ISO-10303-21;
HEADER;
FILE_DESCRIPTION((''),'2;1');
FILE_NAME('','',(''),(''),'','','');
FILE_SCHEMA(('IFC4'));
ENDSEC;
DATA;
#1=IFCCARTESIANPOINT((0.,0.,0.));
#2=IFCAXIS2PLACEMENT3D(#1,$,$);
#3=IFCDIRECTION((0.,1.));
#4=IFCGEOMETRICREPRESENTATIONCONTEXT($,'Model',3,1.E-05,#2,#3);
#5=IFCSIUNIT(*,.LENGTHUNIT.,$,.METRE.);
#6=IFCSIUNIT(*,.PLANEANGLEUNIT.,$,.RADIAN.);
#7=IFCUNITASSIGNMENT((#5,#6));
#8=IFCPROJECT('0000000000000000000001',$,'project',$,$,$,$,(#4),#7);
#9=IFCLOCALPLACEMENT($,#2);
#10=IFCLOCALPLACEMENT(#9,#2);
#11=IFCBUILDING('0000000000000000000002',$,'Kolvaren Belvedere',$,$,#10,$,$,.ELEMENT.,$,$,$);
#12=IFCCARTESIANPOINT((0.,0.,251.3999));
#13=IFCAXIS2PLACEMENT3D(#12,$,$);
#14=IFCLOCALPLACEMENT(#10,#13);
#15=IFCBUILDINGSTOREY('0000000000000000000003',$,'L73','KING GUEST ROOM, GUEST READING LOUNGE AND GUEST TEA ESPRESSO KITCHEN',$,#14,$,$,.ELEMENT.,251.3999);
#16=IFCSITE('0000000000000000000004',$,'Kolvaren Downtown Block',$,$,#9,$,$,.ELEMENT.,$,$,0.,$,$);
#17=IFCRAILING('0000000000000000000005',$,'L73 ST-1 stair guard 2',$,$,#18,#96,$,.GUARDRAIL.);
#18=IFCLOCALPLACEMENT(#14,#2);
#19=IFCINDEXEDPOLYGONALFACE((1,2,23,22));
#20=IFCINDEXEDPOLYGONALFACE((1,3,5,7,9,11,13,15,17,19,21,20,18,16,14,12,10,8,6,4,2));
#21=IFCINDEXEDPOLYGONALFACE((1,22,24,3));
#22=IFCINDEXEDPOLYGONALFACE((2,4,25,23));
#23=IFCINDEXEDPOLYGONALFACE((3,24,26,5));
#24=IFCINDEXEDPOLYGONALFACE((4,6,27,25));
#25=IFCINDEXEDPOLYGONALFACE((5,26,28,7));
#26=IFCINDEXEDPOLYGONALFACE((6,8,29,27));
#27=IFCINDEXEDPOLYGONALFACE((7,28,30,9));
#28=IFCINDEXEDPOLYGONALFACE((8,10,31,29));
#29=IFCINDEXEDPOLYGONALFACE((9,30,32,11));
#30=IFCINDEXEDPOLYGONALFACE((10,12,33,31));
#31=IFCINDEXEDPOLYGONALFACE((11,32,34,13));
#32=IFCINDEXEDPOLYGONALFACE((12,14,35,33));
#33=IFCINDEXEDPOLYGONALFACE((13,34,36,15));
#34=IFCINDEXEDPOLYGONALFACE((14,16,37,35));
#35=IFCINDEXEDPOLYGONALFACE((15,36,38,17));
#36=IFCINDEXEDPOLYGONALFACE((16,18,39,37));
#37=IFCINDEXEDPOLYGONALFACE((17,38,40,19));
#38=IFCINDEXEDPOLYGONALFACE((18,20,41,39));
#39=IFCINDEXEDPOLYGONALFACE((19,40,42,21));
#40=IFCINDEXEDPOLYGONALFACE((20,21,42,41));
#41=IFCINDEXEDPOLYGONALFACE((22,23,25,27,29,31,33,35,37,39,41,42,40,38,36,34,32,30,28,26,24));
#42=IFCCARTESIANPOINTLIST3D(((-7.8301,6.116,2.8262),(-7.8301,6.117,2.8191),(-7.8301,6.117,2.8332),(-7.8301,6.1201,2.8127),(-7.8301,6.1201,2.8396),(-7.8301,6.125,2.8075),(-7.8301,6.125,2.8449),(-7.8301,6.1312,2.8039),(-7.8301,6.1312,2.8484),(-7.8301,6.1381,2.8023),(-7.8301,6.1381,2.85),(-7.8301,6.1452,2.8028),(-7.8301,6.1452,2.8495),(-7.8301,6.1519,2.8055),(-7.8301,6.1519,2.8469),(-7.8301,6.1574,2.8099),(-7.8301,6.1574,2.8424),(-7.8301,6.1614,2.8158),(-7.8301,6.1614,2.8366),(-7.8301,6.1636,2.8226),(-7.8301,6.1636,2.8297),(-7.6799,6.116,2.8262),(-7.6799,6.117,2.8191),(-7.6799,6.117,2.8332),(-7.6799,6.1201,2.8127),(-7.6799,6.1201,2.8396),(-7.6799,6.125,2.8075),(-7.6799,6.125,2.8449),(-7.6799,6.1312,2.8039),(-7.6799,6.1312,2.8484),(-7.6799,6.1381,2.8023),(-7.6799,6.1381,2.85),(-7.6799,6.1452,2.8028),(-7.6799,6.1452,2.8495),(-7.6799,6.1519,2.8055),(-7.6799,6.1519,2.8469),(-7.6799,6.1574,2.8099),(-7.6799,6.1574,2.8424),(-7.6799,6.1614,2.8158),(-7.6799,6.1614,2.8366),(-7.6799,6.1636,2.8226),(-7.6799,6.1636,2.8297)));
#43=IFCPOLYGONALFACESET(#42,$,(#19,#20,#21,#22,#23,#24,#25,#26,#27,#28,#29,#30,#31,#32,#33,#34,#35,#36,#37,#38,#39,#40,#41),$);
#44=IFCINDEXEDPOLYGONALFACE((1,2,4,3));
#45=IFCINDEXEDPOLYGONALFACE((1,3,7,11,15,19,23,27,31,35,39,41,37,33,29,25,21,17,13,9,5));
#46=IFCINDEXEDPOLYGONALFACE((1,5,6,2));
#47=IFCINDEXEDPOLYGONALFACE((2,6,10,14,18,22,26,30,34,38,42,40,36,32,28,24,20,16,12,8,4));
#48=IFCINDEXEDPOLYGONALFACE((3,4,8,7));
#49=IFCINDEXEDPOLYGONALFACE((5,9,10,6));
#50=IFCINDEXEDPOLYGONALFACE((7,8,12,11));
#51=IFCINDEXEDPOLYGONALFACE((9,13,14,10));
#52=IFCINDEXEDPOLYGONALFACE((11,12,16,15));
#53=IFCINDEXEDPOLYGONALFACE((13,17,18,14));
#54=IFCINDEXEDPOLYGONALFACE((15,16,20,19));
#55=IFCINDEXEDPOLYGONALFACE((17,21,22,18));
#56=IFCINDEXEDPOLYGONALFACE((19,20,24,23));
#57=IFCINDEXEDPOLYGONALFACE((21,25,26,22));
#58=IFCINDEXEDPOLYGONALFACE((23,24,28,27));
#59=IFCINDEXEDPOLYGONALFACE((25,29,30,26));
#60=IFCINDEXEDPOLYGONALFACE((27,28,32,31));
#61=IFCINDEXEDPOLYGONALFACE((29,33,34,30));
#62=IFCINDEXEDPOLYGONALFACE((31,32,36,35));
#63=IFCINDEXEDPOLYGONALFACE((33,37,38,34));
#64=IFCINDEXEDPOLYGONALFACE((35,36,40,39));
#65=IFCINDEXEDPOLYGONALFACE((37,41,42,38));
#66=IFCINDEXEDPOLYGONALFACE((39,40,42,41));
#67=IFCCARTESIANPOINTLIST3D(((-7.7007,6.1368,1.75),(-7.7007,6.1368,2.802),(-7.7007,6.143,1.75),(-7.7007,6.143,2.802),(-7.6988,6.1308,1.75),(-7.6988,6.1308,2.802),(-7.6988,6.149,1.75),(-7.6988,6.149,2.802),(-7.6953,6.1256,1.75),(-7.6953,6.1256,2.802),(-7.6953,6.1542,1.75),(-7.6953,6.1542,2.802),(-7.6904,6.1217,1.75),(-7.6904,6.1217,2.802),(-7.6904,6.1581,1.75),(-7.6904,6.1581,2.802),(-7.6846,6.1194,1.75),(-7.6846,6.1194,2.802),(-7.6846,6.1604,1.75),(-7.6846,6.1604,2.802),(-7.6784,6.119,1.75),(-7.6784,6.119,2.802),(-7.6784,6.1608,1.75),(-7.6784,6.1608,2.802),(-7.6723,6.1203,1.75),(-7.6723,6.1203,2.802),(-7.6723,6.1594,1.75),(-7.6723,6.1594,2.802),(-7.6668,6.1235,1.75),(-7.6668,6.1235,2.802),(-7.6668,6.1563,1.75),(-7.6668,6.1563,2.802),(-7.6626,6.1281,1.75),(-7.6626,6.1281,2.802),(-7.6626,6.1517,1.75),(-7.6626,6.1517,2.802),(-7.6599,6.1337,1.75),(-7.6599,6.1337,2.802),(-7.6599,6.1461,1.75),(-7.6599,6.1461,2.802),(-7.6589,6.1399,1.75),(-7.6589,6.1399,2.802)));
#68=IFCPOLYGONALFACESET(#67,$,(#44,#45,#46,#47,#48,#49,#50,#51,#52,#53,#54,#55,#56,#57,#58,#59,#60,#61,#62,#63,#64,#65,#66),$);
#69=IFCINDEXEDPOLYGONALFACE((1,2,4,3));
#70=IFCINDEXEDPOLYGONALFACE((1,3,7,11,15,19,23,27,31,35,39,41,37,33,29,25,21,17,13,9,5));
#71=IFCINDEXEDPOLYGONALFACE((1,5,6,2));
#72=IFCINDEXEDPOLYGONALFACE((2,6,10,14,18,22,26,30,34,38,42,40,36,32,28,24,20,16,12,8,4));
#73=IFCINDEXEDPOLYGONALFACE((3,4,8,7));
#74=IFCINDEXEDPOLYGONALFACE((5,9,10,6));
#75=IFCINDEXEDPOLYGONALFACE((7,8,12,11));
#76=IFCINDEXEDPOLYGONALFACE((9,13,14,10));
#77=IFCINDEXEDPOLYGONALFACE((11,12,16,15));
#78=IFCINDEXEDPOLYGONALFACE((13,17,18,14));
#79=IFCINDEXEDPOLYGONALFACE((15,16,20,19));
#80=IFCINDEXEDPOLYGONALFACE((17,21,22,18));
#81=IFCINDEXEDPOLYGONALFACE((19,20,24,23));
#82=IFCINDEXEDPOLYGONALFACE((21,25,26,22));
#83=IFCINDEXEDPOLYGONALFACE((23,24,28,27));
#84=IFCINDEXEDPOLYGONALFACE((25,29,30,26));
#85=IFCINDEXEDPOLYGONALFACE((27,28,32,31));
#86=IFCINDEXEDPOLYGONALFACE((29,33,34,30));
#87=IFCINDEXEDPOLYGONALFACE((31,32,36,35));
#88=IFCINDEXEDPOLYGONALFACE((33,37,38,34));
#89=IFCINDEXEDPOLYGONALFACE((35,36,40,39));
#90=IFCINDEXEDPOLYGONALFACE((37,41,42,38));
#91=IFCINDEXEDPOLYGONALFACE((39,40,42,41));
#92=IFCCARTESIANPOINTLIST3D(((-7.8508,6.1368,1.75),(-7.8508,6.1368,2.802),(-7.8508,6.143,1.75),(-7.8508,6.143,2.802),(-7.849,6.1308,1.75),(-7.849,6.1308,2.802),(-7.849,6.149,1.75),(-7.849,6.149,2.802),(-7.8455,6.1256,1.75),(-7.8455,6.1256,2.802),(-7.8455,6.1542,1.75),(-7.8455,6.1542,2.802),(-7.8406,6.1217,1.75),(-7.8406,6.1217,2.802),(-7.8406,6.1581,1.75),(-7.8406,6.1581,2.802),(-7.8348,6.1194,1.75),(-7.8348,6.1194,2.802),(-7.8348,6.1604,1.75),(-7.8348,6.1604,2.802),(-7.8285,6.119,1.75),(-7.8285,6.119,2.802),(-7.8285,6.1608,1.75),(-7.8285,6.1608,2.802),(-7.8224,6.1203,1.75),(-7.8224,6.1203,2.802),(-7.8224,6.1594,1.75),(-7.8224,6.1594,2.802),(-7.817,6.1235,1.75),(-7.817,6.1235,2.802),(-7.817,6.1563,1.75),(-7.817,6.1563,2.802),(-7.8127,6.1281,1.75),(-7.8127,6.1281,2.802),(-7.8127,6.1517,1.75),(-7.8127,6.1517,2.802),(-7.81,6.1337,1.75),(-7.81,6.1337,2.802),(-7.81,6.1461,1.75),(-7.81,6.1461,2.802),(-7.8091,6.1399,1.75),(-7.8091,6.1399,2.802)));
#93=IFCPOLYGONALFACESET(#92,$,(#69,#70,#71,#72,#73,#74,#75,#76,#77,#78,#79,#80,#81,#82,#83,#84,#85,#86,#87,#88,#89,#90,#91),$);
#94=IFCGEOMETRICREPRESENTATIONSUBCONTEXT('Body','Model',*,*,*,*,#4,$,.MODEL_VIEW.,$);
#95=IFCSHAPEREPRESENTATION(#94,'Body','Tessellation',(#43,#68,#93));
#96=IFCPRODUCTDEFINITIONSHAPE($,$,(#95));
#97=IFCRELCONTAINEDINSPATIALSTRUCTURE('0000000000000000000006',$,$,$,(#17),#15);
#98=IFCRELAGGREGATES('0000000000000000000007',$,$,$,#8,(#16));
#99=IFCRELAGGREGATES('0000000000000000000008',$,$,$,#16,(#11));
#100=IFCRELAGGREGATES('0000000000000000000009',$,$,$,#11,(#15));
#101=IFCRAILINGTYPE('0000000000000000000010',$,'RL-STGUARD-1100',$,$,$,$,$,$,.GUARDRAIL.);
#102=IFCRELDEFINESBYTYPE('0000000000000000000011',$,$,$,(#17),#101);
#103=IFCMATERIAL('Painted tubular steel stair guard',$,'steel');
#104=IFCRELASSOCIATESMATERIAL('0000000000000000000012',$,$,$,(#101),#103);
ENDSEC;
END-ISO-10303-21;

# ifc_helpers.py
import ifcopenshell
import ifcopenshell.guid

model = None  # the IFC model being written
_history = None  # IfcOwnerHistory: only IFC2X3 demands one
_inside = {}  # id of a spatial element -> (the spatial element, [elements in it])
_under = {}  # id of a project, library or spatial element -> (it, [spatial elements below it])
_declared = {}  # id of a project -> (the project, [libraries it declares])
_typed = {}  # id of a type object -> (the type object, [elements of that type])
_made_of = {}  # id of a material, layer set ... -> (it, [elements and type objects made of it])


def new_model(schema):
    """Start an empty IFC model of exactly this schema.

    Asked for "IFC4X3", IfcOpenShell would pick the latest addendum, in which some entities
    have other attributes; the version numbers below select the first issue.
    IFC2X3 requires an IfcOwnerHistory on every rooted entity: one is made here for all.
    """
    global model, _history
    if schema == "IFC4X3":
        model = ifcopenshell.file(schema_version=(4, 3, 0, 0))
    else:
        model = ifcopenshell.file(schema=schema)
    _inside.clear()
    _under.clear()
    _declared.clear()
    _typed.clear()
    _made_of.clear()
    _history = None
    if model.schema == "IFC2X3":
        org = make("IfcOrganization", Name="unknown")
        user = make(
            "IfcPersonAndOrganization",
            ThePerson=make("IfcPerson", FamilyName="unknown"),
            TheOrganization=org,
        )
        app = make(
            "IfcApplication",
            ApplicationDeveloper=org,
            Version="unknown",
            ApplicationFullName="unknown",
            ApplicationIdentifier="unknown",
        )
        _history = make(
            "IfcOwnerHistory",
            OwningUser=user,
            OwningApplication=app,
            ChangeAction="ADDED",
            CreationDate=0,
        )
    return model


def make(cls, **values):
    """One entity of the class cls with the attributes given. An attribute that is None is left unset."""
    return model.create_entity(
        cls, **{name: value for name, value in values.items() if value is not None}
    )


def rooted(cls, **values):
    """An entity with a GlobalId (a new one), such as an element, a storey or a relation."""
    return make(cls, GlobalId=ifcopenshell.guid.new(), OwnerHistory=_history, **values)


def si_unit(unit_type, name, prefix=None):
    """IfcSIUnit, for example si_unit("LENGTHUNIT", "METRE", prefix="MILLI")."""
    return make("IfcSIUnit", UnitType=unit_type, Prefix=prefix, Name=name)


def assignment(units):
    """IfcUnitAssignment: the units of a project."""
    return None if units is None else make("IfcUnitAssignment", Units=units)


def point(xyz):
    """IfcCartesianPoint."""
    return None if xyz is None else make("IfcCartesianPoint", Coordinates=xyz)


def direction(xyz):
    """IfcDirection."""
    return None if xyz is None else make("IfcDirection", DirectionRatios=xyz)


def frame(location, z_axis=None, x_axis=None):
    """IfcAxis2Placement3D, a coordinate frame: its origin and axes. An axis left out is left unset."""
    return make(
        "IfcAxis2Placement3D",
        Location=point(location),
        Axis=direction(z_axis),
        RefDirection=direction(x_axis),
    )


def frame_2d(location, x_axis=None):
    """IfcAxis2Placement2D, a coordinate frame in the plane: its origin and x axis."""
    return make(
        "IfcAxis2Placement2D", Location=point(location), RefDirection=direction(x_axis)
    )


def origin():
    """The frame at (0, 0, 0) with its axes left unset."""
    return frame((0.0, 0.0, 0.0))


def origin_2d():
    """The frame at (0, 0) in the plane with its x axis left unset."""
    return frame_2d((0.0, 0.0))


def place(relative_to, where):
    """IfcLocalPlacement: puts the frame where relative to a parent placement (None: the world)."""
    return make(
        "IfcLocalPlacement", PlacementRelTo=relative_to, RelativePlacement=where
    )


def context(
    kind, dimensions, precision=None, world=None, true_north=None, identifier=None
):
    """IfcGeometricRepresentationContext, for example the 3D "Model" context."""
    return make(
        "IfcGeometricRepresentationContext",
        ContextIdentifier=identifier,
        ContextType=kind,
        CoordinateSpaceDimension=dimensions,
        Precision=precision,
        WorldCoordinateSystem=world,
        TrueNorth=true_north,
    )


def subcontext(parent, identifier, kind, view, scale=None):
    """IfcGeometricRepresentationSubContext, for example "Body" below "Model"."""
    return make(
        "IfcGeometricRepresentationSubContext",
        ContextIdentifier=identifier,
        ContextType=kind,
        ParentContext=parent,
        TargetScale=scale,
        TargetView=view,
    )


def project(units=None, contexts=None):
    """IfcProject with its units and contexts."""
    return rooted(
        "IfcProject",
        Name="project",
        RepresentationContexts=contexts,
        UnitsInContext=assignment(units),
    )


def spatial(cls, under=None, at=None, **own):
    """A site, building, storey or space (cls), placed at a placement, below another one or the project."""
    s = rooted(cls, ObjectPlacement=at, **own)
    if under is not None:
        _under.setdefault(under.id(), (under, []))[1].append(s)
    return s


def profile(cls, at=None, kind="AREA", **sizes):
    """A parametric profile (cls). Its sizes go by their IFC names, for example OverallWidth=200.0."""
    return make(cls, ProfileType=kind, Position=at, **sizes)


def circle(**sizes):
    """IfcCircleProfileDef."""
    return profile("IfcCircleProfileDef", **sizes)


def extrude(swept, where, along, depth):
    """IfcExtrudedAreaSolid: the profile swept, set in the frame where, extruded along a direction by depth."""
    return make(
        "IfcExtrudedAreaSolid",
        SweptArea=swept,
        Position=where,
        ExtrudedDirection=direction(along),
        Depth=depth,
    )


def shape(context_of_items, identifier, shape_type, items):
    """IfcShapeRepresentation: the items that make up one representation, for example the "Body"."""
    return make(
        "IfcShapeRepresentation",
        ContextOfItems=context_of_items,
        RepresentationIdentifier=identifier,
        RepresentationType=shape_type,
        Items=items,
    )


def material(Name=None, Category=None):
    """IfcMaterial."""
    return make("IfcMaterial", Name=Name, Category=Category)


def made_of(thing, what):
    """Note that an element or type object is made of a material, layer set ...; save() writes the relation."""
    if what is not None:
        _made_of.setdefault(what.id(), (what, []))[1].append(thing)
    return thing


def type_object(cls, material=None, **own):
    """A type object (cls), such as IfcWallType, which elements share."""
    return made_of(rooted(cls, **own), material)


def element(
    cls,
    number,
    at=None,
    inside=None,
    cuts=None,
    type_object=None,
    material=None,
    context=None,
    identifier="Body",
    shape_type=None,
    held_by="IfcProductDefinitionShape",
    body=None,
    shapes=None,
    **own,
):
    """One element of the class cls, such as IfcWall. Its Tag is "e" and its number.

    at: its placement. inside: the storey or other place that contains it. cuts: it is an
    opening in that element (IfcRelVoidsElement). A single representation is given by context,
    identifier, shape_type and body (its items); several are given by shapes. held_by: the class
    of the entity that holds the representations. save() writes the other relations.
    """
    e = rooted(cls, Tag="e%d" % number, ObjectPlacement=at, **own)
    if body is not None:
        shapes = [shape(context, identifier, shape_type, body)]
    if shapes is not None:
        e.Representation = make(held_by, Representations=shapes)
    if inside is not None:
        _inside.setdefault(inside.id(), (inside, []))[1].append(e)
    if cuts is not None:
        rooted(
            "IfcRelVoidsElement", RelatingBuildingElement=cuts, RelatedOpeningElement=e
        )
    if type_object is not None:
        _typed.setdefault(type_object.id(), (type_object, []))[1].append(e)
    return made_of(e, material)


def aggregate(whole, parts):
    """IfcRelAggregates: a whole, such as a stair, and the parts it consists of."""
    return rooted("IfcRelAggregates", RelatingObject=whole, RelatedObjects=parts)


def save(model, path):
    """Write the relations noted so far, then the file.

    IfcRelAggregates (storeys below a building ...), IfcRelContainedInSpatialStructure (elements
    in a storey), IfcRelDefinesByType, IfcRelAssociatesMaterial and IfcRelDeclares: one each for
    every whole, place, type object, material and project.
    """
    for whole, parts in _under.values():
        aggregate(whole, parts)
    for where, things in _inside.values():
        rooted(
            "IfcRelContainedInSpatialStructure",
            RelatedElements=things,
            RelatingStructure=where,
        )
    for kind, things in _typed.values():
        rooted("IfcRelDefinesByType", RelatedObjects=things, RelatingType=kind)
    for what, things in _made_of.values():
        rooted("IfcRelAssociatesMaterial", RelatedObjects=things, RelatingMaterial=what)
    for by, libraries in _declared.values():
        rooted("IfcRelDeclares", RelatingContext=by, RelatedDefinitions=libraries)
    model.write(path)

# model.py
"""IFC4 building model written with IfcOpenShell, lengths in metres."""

from ifc_helpers import new_model, si_unit, direction, frame, origin, origin_2d, place, context, subcontext, project, spatial, circle, extrude, material, type_object, element, save


model = new_model("IFC4")

# Units and contexts
model_context = context("Model", 3, precision=1e-05, world=origin(), true_north=direction((0.0, 1.0)))
body_context = subcontext(model_context, "Body", "Model", "MODEL_VIEW")
ifc_project = project(units=[si_unit("LENGTHUNIT", "METRE"), si_unit("PLANEANGLEUNIT", "RADIAN")], contexts=[model_context])

# Site, building, storey
site_placement = place(None, origin())
site = spatial("IfcSite", under=ifc_project, at=site_placement, Name="Kolvaren Downtown Block", CompositionType="ELEMENT", RefElevation=0.0)
building_placement = place(site_placement, origin())
building = spatial("IfcBuilding", under=site, at=building_placement, Name="Kolvaren Belvedere", CompositionType="ELEMENT")
storey_placement = place(building_placement, frame((0.0, 0.0, 251.3999)))
storey = spatial("IfcBuildingStorey", under=building, at=storey_placement, Name="L73", Description="KING GUEST ROOM, GUEST READING LOUNGE AND GUEST TEA ESPRESSO KITCHEN", CompositionType="ELEMENT", Elevation=251.3999)

# Railing
ifc_material_1 = material(Name="Painted tubular steel stair guard", Category="steel")
railing_type_1 = type_object("IfcRailingType", Name="RL-STGUARD-1100", PredefinedType="GUARDRAIL", material=ifc_material_1)
railing_1_placement = place(storey_placement, frame((-7.6799, 6.1399, 1.75)))
element("IfcRailing", 1, at=railing_1_placement, inside=storey, type_object=railing_type_1, Name="L73 ST-1 stair guard 2", PredefinedType="GUARDRAIL", context=body_context, shape_type="SweptSolid", body=[
    extrude(circle(Radius=0.0239, at=origin_2d()), frame((0.0, 0.0, 1.0762), z_axis=(-1.0, 0.0, 0.0), x_axis=(0.0, -1.0, 0.0)), (0.0, 0.0, 1.0), 0.1501),
    extrude(circle(Radius=0.021, at=origin_2d()), origin(), (0.0, 0.0, 1.0), 1.052),
    extrude(circle(Radius=0.021, at=origin_2d()), frame((-0.1501, 0.0, 0.0)), (0.0, 0.0, 1.0), 1.052),
])

save(model, "model.ifc")
